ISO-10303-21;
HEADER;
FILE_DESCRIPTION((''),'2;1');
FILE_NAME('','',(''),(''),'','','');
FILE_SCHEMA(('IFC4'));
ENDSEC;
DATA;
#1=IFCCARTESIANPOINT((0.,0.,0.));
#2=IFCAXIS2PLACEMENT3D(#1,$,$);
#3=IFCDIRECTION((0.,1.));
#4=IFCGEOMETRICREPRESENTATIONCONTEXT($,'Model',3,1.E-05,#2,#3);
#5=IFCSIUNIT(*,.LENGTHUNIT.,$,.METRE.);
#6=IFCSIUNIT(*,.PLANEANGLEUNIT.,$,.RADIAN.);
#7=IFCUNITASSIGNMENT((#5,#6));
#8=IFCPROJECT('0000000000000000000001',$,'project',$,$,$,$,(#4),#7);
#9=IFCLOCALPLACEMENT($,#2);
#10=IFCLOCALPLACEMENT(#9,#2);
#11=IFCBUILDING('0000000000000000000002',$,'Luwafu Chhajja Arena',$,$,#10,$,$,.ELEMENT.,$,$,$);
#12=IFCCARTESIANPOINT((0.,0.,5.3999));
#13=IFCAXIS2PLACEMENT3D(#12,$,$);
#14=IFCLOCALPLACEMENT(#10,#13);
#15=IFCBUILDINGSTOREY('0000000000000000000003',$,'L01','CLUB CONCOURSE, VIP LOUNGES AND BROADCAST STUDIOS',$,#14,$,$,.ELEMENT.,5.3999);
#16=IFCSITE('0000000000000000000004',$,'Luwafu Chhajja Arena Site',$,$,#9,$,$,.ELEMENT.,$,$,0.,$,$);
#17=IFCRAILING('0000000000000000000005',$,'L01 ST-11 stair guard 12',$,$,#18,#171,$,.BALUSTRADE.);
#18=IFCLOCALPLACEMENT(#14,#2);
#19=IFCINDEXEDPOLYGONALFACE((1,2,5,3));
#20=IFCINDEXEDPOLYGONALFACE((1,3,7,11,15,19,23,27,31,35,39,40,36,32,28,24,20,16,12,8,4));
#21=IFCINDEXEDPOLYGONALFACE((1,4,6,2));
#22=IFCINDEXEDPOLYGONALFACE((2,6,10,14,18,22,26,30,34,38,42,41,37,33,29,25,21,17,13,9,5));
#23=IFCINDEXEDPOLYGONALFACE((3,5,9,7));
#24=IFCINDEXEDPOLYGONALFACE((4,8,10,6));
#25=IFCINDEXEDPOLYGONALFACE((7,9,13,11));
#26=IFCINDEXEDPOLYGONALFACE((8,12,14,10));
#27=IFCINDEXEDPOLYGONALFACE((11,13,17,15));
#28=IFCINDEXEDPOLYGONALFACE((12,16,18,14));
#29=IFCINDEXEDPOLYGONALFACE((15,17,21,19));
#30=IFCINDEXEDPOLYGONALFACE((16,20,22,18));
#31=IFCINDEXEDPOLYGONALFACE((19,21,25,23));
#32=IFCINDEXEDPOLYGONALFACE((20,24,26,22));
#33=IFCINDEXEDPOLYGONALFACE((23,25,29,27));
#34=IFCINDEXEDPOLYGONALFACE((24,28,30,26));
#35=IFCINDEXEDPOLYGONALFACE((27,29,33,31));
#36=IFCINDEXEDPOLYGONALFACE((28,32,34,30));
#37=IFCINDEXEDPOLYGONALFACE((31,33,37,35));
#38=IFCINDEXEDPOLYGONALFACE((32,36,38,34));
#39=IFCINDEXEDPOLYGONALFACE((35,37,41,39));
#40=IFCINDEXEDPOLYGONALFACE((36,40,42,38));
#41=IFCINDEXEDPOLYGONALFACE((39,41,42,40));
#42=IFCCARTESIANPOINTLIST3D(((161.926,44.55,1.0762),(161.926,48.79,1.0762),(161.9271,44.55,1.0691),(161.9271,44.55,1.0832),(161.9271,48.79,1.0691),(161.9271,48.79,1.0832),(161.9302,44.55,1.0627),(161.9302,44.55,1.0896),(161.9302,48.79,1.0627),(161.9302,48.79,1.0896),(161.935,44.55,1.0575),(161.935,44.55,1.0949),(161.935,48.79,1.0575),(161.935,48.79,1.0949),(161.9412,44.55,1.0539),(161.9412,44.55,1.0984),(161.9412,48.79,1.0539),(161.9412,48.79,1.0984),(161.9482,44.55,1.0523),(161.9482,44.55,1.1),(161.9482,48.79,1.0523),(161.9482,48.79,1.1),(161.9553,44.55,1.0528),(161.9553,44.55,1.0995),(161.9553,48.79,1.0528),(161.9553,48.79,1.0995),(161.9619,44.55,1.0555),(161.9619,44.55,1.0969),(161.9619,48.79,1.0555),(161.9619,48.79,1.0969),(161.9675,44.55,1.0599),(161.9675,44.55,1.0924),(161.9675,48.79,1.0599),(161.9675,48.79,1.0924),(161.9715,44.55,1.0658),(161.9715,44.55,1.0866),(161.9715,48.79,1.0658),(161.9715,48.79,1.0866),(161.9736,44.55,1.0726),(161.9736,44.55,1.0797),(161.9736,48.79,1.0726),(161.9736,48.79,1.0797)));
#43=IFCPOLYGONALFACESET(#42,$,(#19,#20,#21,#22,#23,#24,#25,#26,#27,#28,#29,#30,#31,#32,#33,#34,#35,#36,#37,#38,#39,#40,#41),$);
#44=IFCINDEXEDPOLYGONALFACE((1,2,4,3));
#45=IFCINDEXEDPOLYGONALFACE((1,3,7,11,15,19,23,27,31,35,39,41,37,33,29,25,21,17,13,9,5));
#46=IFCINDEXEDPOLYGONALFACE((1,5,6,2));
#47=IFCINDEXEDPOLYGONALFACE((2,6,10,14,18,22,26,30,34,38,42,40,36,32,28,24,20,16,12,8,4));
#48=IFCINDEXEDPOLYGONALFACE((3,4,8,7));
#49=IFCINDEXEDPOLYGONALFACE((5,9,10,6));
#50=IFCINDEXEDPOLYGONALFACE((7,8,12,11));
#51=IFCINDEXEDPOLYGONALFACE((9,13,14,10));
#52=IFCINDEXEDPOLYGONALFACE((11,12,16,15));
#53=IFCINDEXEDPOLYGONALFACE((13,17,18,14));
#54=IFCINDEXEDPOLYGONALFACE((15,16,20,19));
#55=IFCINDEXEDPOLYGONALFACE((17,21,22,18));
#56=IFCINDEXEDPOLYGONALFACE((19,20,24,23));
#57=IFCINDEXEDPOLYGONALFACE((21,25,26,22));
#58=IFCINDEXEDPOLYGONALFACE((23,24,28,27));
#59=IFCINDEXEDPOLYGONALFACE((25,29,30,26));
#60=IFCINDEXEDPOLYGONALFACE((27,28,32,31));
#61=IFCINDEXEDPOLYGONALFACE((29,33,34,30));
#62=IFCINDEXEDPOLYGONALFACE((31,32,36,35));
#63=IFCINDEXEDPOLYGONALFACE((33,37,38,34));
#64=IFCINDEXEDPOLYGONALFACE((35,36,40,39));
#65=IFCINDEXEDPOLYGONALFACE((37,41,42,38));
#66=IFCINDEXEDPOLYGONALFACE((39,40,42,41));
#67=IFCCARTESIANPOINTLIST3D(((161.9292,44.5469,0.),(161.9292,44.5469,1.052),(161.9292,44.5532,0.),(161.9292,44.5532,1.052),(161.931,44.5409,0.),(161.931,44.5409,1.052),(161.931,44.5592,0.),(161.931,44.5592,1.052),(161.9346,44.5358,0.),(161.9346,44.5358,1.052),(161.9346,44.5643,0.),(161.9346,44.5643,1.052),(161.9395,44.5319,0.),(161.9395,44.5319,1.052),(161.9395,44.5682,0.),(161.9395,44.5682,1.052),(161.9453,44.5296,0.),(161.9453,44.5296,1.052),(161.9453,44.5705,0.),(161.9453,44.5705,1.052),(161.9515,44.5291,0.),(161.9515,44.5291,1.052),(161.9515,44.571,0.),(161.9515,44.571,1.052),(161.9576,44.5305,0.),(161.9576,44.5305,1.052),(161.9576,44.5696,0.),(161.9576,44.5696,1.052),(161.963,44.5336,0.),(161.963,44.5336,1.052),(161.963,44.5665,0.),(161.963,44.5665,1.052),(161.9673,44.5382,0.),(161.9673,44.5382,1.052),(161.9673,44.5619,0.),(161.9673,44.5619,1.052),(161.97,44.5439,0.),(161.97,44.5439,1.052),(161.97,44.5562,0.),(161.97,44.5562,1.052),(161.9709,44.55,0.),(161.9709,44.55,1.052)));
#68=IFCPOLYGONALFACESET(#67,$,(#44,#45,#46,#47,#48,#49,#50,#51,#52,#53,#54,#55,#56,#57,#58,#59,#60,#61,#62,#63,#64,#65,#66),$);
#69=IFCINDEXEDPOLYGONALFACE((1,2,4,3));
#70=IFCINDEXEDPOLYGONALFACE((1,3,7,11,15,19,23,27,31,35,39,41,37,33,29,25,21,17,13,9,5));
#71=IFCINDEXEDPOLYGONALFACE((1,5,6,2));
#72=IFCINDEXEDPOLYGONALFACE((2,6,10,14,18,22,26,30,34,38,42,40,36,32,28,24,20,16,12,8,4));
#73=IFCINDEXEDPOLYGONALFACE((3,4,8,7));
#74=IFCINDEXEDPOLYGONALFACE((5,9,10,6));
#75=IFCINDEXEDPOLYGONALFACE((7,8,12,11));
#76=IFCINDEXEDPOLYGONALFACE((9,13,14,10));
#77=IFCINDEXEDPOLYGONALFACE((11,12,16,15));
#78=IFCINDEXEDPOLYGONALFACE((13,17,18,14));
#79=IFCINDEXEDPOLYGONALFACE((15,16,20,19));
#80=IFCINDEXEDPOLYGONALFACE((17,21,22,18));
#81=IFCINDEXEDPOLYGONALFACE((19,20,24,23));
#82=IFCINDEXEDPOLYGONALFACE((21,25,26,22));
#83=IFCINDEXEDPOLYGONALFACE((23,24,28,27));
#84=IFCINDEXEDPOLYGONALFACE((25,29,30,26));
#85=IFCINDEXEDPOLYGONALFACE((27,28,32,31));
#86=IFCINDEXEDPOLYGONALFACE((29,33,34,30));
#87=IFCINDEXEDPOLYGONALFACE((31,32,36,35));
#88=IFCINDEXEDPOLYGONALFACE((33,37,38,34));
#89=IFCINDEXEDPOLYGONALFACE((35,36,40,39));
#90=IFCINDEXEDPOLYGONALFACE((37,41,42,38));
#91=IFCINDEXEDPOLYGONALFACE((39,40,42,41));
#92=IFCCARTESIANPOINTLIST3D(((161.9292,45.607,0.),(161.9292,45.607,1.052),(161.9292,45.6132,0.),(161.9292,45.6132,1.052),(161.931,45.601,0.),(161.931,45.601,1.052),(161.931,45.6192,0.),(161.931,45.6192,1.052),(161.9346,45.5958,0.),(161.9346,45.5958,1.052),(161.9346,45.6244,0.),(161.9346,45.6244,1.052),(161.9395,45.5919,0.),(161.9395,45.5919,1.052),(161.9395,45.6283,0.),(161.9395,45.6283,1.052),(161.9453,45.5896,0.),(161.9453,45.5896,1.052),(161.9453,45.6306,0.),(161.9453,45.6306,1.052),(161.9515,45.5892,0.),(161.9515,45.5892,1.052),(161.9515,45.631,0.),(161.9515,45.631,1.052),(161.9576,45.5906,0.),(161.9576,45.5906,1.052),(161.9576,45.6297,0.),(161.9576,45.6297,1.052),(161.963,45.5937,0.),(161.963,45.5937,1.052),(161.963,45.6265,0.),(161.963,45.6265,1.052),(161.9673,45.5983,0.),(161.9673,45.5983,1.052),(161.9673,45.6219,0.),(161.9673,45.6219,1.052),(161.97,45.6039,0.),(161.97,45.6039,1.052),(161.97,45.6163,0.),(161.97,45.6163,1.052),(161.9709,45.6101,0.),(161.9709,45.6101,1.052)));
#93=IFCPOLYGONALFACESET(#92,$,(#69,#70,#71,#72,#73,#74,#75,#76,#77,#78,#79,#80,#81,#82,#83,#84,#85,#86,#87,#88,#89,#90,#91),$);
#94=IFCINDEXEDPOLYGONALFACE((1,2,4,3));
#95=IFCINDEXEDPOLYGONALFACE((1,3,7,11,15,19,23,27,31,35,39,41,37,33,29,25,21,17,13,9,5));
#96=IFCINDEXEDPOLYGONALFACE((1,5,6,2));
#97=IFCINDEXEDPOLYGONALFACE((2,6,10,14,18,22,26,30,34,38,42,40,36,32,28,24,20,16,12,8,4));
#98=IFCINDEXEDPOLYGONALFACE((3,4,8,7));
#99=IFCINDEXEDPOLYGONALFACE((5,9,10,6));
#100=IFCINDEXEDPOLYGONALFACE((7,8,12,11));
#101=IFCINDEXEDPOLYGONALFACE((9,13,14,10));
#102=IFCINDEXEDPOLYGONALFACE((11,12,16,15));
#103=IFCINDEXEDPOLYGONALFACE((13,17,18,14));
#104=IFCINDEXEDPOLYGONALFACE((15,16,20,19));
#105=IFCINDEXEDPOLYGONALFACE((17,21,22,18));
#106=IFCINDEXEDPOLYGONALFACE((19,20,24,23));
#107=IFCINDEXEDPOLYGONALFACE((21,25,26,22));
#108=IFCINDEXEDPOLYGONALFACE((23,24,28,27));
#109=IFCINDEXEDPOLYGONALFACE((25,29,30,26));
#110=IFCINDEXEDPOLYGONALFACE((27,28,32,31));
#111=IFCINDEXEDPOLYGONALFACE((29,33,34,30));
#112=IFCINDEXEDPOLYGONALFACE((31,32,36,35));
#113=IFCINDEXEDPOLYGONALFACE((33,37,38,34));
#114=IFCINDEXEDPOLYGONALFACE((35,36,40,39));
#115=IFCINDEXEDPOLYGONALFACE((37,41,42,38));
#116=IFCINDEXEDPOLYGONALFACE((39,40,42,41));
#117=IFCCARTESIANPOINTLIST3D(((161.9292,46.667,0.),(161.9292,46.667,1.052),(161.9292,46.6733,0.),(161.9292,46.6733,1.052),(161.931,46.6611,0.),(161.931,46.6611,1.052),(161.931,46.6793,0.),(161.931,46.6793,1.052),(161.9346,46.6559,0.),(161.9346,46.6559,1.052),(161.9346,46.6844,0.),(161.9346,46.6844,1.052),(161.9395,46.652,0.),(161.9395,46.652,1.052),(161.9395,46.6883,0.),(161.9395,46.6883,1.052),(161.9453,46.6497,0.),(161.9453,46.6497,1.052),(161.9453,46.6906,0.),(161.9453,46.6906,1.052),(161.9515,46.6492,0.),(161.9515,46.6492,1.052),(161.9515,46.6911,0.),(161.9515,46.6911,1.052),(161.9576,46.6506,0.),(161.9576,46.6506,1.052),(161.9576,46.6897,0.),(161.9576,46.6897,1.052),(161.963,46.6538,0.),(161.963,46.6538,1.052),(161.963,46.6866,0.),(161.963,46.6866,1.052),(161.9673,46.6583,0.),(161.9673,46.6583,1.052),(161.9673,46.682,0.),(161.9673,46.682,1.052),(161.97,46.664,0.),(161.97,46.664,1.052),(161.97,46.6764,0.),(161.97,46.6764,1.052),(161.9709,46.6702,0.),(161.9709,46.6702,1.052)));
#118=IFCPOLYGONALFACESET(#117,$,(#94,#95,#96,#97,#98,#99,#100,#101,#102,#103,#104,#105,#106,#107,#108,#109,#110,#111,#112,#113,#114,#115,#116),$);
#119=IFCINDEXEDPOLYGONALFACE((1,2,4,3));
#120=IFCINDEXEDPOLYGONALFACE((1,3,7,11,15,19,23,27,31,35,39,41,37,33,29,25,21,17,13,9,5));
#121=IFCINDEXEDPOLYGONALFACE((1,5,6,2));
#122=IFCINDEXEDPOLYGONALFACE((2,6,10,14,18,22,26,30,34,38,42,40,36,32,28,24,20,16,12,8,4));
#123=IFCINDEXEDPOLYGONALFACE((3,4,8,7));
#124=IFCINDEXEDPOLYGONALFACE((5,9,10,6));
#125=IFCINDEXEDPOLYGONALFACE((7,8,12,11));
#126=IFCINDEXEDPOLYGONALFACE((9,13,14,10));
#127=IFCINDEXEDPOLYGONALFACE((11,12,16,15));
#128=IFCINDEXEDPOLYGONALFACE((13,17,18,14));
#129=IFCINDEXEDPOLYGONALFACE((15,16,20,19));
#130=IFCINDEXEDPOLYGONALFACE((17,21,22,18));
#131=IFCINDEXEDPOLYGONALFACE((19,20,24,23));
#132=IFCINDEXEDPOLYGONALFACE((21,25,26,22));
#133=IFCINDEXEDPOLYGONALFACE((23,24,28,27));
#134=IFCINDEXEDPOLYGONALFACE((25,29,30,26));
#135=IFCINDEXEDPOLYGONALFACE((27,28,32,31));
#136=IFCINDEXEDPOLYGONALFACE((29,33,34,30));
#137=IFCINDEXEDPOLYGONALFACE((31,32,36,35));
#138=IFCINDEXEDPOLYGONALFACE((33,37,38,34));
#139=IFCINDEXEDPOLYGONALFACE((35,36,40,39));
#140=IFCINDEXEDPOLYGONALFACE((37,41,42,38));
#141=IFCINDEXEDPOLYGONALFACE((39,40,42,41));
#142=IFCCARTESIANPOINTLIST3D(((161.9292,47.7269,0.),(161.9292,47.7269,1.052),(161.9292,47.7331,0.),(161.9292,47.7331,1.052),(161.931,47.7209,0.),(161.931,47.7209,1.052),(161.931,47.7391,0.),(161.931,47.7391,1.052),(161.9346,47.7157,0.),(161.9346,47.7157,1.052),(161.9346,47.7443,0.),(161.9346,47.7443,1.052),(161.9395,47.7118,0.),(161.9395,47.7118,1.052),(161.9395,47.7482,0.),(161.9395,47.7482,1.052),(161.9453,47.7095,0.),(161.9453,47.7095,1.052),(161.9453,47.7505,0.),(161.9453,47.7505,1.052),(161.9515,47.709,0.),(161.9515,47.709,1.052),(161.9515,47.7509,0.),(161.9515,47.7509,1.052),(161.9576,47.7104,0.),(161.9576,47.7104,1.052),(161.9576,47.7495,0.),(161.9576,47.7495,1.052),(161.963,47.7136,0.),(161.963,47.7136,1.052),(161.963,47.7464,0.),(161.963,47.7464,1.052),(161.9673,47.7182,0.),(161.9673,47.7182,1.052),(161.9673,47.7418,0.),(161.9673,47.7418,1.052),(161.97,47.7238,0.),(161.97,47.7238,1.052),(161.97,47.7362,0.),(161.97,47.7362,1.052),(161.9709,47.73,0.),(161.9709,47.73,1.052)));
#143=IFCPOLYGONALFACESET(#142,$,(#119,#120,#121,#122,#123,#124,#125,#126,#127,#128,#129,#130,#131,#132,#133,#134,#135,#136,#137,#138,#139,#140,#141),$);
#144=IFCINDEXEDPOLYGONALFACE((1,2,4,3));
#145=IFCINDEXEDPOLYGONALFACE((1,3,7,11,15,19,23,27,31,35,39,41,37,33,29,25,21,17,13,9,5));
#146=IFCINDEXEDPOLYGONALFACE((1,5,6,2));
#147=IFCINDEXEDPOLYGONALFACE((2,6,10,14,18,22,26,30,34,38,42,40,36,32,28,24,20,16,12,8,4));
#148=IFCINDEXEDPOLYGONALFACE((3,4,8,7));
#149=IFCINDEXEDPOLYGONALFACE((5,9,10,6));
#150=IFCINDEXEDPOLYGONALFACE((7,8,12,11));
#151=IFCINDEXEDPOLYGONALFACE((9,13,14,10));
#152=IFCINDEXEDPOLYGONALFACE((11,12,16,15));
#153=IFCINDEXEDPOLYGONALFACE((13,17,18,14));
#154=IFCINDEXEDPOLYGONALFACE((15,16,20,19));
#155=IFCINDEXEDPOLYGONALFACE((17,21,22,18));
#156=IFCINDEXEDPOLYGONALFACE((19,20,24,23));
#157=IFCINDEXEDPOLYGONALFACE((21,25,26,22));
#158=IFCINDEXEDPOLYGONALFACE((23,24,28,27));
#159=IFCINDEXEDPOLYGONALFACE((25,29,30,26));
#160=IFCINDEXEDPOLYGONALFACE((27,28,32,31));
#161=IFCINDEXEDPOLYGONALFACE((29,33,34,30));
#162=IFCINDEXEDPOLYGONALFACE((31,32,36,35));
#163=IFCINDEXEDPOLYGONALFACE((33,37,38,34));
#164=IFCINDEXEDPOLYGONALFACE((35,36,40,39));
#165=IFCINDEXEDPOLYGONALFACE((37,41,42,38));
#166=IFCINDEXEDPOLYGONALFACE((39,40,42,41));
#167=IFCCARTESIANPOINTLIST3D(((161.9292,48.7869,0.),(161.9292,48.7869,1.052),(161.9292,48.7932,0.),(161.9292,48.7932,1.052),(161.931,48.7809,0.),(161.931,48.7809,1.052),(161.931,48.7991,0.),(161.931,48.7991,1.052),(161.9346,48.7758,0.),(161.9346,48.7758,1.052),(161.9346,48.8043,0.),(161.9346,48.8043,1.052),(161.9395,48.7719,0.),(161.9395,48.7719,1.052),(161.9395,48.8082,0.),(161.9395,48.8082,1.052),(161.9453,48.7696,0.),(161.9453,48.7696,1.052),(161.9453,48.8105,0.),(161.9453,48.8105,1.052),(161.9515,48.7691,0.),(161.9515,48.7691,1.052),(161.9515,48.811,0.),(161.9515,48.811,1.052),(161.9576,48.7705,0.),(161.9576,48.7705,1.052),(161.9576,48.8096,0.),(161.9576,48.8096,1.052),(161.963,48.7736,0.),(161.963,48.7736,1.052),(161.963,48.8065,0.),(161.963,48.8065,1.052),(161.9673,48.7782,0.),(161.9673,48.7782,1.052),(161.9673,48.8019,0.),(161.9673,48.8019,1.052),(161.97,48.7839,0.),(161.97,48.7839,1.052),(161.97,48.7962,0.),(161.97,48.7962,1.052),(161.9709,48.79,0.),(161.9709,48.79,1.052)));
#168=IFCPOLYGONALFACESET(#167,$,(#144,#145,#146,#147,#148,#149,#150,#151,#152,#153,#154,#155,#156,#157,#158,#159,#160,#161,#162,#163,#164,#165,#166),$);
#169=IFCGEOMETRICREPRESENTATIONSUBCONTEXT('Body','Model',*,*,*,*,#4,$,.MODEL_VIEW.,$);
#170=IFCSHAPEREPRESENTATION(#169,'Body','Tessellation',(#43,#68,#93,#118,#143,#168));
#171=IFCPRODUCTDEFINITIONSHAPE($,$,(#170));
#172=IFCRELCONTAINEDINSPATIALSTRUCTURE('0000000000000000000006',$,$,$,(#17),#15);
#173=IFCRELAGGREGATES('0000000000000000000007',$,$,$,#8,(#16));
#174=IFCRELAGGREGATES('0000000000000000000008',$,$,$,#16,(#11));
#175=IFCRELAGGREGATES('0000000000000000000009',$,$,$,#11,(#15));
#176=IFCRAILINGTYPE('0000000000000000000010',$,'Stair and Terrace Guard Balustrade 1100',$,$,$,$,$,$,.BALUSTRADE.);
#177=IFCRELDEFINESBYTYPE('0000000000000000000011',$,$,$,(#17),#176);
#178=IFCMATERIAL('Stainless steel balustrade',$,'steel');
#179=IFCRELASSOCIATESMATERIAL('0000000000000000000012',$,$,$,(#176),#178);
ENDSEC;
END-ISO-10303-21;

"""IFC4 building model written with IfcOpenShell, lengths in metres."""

from ifc_helpers import new_model, si_unit, direction, frame, origin, origin_2d, place, context, subcontext, project, spatial, circle, extrude, material, type_object, element, save


model = new_model("IFC4")

# Units and contexts
model_context = context("Model", 3, precision=1e-05, world=origin(), true_north=direction((0.0, 1.0)))
body_context = subcontext(model_context, "Body", "Model", "MODEL_VIEW")
ifc_project = project(units=[si_unit("LENGTHUNIT", "METRE"), si_unit("PLANEANGLEUNIT", "RADIAN")], contexts=[model_context])

# Site, building, storey
site_placement = place(None, origin())
site = spatial("IfcSite", under=ifc_project, at=site_placement, Name="Luwafu Chhajja Arena Site", CompositionType="ELEMENT", RefElevation=0.0)
building_placement = place(site_placement, origin())
building = spatial("IfcBuilding", under=site, at=building_placement, Name="Luwafu Chhajja Arena", CompositionType="ELEMENT")
storey_placement = place(building_placement, frame((0.0, 0.0, 5.3999)))
storey = spatial("IfcBuildingStorey", under=building, at=storey_placement, Name="L01", Description="CLUB CONCOURSE, VIP LOUNGES AND BROADCAST STUDIOS", CompositionType="ELEMENT", Elevation=5.3999)

# Railing
ifc_material_1 = material(Name="Stainless steel balustrade", Category="steel")
railing_type_1 = type_object("IfcRailingType", Name="Stair and Terrace Guard Balustrade 1100", PredefinedType="BALUSTRADE", material=ifc_material_1)
railing_1_placement = place(storey_placement, frame((161.95, 44.55, 0.0)))
element("IfcRailing", 1, at=railing_1_placement, inside=storey, type_object=railing_type_1, Name="L01 ST-11 stair guard 12", PredefinedType="BALUSTRADE", context=body_context, shape_type="SweptSolid", body=[
    extrude(circle(Radius=0.0239, at=origin_2d()), frame((0.0, 0.0, 1.0762), z_axis=(0.0, 1.0, 0.0), x_axis=(-1.0, 0.0, 0.0)), (0.0, 0.0, 1.0), 4.24),
    extrude(circle(Radius=0.021, at=origin_2d()), origin(), (0.0, 0.0, 1.0), 1.052),
    extrude(circle(Radius=0.021, at=origin_2d()), frame((0.0, 1.0601, 0.0)), (0.0, 0.0, 1.0), 1.052),
    extrude(circle(Radius=0.021, at=origin_2d()), frame((0.0, 2.1201, 0.0)), (0.0, 0.0, 1.0), 1.052),
    extrude(circle(Radius=0.021, at=origin_2d()), frame((0.0, 3.1799, 0.0)), (0.0, 0.0, 1.0), 1.052),
    extrude(circle(Radius=0.021, at=origin_2d()), frame((0.0, 4.24, 0.0)), (0.0, 0.0, 1.0), 1.052),
])

save(model, "model.ifc")
